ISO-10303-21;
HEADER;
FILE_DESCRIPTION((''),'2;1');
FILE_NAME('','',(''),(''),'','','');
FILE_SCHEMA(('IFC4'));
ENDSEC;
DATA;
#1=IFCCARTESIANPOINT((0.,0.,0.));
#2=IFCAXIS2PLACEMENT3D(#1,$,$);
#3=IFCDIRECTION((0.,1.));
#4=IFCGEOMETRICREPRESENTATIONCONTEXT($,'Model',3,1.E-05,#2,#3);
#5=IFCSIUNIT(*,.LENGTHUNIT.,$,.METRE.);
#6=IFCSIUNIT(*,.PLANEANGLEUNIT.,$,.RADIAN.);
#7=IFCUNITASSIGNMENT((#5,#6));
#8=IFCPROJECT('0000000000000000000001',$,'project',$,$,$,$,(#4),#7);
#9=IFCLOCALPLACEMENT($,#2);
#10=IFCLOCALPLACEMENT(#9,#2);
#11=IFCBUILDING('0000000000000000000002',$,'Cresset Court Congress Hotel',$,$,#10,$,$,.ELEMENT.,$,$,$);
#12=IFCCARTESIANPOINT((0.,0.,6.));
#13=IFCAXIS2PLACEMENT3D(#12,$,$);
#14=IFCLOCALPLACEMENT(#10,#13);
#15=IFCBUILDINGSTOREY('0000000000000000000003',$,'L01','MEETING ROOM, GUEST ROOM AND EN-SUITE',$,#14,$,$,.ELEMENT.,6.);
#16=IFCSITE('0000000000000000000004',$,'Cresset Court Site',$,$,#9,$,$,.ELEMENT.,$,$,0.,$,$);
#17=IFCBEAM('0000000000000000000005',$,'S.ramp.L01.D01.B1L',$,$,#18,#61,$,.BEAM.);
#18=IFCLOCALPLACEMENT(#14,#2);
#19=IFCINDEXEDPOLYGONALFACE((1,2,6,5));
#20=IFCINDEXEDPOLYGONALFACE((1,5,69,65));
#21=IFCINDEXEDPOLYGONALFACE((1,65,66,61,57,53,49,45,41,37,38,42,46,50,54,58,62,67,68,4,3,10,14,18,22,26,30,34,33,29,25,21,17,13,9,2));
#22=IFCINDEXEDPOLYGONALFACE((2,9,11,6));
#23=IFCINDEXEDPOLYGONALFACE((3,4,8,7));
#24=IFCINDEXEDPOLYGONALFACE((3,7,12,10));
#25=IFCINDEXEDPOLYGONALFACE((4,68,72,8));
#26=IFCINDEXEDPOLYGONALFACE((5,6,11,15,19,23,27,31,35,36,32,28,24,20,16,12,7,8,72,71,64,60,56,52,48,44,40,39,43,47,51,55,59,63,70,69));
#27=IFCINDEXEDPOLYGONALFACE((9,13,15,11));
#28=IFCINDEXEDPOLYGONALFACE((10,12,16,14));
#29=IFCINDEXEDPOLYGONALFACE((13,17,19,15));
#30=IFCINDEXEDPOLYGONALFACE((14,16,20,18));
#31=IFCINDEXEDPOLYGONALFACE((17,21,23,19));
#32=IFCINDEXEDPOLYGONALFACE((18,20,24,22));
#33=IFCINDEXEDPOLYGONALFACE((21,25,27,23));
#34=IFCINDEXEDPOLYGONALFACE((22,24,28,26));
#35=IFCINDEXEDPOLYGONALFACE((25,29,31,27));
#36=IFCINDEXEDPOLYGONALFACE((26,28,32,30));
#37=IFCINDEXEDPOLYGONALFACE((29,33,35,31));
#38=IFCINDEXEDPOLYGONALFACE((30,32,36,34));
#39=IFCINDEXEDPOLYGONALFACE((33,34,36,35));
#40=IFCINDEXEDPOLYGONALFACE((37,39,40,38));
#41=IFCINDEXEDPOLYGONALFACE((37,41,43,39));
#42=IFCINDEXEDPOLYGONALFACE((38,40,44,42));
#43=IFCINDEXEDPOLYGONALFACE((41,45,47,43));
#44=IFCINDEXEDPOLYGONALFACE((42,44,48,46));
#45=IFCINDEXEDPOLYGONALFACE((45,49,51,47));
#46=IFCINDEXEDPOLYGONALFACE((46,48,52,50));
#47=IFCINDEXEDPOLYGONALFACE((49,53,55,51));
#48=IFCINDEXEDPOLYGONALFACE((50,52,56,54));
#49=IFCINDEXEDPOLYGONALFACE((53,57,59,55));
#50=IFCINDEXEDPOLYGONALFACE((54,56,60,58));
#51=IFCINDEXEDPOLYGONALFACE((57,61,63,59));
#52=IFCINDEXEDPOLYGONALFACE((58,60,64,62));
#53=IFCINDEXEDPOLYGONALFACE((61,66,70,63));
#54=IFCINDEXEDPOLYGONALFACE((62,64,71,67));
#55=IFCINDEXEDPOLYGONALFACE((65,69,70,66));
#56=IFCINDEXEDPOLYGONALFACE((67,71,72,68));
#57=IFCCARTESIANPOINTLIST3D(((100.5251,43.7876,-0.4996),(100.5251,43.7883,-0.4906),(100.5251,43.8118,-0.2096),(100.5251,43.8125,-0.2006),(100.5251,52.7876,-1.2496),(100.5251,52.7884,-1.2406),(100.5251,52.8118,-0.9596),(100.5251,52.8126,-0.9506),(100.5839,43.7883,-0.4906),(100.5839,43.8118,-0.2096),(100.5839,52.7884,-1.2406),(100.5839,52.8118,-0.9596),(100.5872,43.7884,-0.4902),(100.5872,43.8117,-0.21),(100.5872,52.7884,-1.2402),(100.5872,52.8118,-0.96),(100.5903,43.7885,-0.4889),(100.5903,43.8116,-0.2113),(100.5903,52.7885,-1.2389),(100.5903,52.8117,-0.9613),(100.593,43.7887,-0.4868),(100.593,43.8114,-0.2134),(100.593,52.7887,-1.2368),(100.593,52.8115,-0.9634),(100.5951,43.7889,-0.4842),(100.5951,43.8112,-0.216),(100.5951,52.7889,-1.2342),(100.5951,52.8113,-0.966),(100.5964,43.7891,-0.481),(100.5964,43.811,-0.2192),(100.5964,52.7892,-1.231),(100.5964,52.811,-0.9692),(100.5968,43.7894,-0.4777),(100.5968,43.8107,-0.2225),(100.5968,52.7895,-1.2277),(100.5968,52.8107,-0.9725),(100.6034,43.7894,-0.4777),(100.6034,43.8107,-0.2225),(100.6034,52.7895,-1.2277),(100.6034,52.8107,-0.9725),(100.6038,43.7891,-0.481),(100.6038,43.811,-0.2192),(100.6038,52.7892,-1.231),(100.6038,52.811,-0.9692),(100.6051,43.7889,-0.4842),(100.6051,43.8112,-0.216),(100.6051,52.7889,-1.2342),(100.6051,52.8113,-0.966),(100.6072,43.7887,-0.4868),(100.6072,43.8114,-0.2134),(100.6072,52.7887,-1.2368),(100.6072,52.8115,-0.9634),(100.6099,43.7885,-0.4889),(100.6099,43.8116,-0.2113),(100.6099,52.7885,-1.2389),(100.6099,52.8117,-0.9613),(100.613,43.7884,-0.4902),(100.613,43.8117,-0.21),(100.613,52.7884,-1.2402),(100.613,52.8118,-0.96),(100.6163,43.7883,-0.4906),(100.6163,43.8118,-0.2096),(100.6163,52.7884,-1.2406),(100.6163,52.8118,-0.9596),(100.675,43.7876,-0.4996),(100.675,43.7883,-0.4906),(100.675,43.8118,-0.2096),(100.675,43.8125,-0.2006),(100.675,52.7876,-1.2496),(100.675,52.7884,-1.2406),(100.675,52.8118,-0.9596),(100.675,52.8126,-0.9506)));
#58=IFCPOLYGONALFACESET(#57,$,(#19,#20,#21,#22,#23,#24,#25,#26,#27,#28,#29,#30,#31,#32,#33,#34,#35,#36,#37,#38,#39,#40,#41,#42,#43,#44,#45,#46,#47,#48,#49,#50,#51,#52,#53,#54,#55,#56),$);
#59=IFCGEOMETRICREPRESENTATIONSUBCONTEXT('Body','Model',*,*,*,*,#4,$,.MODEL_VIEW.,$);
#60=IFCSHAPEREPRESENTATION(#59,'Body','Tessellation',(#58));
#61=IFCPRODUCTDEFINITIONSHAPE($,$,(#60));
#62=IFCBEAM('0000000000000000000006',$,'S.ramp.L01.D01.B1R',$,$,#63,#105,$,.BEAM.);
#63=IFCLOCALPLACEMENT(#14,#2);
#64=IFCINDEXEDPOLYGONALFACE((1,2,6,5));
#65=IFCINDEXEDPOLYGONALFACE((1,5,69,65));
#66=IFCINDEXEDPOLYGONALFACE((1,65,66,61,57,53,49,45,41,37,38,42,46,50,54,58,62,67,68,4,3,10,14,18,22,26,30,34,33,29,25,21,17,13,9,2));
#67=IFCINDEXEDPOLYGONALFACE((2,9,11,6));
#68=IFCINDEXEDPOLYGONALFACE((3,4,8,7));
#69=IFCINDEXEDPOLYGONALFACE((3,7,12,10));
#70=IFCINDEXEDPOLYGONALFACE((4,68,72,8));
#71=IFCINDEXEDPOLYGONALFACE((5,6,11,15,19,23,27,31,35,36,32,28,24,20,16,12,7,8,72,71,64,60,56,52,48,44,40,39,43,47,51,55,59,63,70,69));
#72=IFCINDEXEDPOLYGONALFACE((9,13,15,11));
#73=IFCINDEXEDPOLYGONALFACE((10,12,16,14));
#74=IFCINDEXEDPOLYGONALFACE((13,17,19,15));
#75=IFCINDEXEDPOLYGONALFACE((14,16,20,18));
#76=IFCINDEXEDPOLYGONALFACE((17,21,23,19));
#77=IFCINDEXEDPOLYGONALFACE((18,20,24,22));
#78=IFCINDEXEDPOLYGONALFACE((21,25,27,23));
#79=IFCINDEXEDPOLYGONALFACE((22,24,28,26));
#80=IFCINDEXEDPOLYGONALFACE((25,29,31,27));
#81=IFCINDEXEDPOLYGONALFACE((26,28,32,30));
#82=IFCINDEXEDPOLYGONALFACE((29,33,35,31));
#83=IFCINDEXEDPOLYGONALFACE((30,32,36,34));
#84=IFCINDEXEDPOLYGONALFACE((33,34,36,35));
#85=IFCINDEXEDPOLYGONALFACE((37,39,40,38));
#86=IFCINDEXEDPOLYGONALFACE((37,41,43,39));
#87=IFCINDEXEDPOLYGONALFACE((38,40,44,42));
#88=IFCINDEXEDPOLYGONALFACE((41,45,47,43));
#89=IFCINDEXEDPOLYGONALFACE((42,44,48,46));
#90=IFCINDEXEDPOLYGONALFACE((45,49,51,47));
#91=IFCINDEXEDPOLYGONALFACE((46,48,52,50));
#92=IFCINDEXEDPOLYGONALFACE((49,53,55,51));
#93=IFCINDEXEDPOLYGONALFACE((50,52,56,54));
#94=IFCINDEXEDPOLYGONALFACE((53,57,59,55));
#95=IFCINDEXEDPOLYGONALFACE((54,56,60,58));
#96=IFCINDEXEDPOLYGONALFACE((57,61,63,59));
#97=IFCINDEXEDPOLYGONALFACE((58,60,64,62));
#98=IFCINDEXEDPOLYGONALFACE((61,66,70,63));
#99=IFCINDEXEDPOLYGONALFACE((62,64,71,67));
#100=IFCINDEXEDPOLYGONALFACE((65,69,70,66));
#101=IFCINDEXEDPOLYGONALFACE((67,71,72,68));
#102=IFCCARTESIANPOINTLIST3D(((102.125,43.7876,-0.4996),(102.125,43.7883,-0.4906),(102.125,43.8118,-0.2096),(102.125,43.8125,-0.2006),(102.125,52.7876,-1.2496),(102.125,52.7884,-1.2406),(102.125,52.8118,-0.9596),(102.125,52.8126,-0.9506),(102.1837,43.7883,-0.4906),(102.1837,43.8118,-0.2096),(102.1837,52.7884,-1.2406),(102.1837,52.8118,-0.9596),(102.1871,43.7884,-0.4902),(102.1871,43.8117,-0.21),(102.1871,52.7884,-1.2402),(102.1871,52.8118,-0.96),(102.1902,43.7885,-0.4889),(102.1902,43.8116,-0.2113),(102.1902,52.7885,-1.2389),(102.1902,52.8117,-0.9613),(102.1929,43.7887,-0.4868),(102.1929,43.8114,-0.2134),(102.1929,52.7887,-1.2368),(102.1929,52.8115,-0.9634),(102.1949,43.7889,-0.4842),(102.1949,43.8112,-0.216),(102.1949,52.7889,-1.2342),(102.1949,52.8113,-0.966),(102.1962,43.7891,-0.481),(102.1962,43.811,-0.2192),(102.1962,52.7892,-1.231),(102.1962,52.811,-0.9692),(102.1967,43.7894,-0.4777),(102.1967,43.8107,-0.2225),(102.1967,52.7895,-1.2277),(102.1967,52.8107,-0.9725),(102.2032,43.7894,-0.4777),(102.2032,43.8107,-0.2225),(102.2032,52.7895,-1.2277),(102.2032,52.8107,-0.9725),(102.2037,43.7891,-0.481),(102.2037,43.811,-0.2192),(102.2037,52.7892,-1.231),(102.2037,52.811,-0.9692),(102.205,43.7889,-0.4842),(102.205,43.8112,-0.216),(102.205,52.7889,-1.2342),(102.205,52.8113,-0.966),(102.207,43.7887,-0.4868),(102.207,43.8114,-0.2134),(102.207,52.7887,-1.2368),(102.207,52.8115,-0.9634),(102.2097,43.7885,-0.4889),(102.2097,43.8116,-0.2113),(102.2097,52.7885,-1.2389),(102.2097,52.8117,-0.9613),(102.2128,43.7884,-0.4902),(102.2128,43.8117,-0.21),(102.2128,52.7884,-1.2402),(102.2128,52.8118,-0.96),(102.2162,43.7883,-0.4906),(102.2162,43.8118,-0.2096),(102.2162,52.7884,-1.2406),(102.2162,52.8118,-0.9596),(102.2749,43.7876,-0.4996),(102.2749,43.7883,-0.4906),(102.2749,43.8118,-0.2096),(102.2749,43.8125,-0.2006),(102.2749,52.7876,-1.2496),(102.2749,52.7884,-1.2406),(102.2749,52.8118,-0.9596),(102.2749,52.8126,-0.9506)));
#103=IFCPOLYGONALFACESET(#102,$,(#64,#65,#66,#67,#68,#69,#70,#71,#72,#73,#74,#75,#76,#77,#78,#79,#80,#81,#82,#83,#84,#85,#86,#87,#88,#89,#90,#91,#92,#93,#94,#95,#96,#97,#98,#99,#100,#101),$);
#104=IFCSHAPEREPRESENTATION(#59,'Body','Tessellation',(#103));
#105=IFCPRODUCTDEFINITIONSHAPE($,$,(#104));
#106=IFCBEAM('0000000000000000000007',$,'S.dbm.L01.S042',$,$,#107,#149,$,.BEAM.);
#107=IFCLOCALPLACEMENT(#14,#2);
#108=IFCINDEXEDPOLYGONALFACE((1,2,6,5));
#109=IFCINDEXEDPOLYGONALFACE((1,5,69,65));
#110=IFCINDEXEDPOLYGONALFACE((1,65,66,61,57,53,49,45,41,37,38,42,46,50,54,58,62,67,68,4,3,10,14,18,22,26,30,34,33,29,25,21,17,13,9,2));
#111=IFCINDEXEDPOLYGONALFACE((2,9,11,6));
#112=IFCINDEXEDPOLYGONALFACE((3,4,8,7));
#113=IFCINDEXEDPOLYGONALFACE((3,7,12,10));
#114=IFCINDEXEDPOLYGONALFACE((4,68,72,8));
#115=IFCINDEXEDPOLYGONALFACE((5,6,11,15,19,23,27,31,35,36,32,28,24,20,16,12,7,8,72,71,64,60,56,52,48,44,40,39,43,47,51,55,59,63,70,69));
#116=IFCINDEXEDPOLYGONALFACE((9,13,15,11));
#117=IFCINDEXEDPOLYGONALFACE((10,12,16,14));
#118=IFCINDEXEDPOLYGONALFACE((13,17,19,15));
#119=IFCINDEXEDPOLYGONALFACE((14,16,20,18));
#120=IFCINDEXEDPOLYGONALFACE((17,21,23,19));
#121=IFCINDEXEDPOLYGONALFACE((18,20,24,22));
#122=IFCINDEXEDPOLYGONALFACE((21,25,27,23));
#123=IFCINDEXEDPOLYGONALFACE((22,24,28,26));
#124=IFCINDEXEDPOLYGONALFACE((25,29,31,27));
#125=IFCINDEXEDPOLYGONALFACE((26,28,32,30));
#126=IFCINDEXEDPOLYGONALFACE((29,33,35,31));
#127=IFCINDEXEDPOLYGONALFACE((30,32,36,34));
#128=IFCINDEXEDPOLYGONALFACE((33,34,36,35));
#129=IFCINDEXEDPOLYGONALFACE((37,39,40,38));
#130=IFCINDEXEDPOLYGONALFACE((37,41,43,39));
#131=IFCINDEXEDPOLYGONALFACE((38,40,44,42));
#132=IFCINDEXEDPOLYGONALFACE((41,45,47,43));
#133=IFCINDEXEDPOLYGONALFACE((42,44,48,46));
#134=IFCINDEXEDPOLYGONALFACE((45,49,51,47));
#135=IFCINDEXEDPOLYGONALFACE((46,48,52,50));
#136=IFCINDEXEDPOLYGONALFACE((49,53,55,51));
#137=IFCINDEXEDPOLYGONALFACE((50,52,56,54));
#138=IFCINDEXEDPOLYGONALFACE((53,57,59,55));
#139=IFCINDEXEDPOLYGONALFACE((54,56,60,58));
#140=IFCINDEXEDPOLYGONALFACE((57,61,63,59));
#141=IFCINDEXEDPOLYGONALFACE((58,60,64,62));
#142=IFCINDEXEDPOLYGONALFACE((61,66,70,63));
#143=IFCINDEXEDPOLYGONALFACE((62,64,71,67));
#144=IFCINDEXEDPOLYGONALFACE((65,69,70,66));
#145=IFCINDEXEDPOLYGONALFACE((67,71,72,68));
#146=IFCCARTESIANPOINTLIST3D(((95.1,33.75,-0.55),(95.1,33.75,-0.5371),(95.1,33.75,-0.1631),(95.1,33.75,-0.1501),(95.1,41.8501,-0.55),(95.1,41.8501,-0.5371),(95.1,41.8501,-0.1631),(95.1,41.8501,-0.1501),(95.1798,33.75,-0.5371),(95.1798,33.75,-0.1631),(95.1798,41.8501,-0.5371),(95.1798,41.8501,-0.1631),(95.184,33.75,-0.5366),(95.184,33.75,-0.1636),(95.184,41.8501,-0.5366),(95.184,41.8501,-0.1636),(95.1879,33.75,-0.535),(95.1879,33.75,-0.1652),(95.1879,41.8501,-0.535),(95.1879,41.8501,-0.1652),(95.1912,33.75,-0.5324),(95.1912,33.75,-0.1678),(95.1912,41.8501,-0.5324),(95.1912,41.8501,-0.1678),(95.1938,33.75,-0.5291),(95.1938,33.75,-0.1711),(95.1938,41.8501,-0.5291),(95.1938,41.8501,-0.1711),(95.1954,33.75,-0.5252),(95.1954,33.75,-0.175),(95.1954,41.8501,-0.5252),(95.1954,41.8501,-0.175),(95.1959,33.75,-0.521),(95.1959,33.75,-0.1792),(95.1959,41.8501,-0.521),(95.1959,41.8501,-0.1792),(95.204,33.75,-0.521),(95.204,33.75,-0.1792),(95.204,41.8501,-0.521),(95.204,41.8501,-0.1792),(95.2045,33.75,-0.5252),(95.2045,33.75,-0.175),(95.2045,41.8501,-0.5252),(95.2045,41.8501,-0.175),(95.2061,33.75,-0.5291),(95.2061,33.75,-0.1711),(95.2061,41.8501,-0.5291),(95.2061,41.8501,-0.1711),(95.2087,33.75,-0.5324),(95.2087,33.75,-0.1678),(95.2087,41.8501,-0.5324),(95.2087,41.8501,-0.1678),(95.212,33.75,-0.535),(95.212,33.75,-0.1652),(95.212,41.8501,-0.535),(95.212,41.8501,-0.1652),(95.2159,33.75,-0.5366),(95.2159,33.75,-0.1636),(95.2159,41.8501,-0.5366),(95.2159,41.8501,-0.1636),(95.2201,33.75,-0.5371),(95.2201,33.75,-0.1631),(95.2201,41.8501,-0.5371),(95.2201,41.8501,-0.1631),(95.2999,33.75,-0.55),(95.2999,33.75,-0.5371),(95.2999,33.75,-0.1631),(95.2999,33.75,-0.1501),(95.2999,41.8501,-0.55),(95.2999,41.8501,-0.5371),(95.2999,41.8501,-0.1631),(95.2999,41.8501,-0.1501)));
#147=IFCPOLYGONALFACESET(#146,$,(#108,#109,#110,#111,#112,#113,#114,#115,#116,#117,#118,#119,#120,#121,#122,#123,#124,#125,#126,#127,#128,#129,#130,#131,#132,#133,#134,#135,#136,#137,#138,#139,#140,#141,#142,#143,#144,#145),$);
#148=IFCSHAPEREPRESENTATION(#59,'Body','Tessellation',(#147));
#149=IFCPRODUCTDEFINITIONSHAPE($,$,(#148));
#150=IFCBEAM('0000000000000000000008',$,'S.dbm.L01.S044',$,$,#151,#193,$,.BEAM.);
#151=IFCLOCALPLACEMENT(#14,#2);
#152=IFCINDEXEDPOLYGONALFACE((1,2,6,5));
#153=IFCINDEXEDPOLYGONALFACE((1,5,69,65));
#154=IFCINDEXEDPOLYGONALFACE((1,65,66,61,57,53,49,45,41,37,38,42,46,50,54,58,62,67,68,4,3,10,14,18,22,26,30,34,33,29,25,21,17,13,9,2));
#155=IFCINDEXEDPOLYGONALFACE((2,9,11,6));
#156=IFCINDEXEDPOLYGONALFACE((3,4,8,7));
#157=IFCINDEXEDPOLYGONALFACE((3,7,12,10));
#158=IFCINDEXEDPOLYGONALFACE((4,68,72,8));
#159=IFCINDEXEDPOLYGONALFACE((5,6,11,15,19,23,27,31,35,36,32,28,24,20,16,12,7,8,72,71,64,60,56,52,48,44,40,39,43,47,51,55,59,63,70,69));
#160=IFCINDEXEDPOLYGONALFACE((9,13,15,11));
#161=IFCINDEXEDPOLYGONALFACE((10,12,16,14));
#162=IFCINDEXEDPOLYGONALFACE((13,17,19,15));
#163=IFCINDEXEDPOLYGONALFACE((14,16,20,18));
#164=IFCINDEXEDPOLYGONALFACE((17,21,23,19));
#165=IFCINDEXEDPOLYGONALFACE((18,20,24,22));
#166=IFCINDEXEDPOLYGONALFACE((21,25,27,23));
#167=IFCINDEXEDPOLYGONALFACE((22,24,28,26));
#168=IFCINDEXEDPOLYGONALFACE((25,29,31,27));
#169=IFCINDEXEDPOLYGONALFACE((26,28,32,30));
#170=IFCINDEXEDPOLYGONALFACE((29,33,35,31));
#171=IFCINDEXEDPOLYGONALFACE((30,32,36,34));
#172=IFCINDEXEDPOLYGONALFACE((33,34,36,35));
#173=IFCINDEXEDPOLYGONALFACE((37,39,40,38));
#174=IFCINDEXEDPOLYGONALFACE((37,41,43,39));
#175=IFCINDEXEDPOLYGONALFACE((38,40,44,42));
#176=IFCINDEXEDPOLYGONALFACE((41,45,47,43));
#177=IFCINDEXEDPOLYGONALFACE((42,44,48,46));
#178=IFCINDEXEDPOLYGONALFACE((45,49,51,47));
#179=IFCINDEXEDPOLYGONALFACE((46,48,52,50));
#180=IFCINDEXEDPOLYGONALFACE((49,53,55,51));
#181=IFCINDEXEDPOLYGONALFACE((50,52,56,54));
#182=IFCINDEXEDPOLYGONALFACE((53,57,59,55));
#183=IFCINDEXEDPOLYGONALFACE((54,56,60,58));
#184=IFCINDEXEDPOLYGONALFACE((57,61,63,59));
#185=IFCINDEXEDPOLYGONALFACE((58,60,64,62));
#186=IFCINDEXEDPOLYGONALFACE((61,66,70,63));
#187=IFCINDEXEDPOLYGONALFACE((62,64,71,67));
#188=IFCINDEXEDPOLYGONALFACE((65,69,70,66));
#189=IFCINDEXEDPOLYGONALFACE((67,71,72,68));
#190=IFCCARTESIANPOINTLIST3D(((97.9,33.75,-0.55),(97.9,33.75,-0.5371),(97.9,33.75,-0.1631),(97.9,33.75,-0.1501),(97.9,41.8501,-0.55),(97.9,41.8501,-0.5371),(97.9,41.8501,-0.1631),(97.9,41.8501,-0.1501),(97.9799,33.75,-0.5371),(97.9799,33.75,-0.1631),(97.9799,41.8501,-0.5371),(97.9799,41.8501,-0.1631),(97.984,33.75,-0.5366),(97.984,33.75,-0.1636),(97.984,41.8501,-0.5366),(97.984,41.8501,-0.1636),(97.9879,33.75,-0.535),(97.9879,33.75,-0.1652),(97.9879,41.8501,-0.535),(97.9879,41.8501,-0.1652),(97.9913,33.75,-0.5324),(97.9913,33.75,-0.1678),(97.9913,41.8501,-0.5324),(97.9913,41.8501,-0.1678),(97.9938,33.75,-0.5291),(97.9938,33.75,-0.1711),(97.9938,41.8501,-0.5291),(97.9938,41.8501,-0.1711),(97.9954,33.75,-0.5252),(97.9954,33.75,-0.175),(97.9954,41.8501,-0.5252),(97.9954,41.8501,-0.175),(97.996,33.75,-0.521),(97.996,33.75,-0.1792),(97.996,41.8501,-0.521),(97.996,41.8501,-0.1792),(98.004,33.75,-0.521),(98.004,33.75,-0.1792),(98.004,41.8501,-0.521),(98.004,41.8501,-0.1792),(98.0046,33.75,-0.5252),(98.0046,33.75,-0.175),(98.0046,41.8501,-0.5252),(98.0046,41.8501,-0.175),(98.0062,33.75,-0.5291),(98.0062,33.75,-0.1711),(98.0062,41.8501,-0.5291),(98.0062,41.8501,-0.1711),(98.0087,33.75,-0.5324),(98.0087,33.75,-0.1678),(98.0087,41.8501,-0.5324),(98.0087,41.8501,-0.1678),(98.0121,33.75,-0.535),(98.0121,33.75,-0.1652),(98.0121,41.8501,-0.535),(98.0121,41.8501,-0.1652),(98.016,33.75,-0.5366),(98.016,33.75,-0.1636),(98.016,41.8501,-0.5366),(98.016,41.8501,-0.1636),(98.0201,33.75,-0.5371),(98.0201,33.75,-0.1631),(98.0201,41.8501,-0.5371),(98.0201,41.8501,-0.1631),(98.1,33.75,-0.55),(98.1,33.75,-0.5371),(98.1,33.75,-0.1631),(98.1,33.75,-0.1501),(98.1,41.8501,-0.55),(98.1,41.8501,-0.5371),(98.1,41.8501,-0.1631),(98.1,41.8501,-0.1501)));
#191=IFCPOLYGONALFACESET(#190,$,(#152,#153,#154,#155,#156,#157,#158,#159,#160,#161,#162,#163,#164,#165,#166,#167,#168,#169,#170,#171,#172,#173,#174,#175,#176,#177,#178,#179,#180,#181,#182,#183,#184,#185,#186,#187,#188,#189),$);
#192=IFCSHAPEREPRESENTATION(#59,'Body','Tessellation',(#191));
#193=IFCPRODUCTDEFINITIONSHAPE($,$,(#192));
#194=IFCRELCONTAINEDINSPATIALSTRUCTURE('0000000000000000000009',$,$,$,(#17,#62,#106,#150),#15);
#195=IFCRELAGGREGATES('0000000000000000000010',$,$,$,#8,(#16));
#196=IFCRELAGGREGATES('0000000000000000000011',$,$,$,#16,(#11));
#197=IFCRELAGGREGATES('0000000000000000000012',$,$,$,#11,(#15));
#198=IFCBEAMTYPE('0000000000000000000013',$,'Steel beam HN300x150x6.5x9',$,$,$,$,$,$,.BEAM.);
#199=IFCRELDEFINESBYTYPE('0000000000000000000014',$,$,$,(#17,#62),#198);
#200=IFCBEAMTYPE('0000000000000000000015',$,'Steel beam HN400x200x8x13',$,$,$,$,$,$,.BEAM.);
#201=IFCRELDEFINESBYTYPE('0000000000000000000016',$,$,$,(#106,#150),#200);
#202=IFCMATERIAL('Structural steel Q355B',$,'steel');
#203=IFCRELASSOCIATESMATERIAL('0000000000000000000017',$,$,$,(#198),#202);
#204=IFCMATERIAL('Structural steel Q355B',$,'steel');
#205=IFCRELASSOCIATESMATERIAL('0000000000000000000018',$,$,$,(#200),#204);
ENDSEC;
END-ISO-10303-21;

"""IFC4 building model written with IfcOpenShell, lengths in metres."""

from ifc_helpers import new_model, si_unit, direction, frame, origin, origin_2d, place, context, subcontext, project, spatial, i_section, extrude, material, material_profile, profile_set, type_object, element, save


model = new_model("IFC4")

# Units and contexts
model_context = context("Model", 3, precision=1e-05, world=origin(), true_north=direction((0.0, 1.0)))
body_context = subcontext(model_context, "Body", "Model", "MODEL_VIEW")
ifc_project = project(units=[si_unit("LENGTHUNIT", "METRE"), si_unit("PLANEANGLEUNIT", "RADIAN")], contexts=[model_context])

# Site, building, storey
site_placement = place(None, origin())
site = spatial("IfcSite", under=ifc_project, at=site_placement, Name="Cresset Court Site", CompositionType="ELEMENT", RefElevation=0.0)
building_placement = place(site_placement, origin())
building = spatial("IfcBuilding", under=site, at=building_placement, Name="Cresset Court Congress Hotel", CompositionType="ELEMENT")
storey_placement = place(building_placement, frame((0.0, 0.0, 6.0)))
storey = spatial("IfcBuildingStorey", under=building, at=storey_placement, Name="L01", Description="MEETING ROOM, GUEST ROOM AND EN-SUITE", CompositionType="ELEMENT", Elevation=6.0)

# Beams
ifc_material_1 = material(Name="Structural steel Q355B", Category="steel")
ifc_material_profile_1 = material_profile(ifc_material_1, i_section(OverallWidth=0.1499, OverallDepth=0.3, WebThickness=0.0066, FlangeThickness=0.009, FilletRadius=0.0129, at=origin_2d()), Name="HN300x150x6.5x9")
ifc_profile_set_1 = profile_set([ifc_material_profile_1], Name="Structural steel Q355B")
beam_type_1 = type_object("IfcBeamType", Name="Steel beam HN300x150x6.5x9", PredefinedType="BEAM", material=ifc_profile_set_1)
for number, where, z_axis, x_axis, name in (
    (1, (100.6001, 43.8, -0.3501), (0.0, 0.996546, -0.083045), (-1.0, 0.0, 0.0), "S.ramp.L01.D01.B1L"),
    (2, (102.2, 43.8, -0.3501), (0.0, 0.996546, -0.083045), (-1.0, 0.0, 0.0), "S.ramp.L01.D01.B1R"),
):
    element("IfcBeam", number, at=place(storey_placement, frame(where, z_axis=z_axis, x_axis=x_axis)), inside=storey, type_object=beam_type_1, Name=name, PredefinedType="BEAM", context=body_context, shape_type="SweptSolid", body=[
        extrude(i_section(OverallWidth=0.1499, OverallDepth=0.3, WebThickness=0.0066, FlangeThickness=0.009, FilletRadius=0.0129, at=origin_2d()), origin(), (0.0, 0.0, 1.0), 9.0312),
    ])
ifc_material_2 = material(Name="Structural steel Q355B", Category="steel")
ifc_material_profile_2 = material_profile(ifc_material_2, i_section(OverallWidth=0.2, OverallDepth=0.3999, WebThickness=0.0081, FlangeThickness=0.0129, FilletRadius=0.0161, at=origin_2d()), Name="HN400x200x8x13")
ifc_profile_set_2 = profile_set([ifc_material_profile_2], Name="Structural steel Q355B")
beam_type_2 = type_object("IfcBeamType", Name="Steel beam HN400x200x8x13", PredefinedType="BEAM", material=ifc_profile_set_2)
for number, where, z_axis, x_axis, name in (
    (3, (95.2, 33.75, -0.3501), (0.0, 1.0, 0.0), (-1.0, 0.0, 0.0), "S.dbm.L01.S042"),
    (4, (98.0, 33.75, -0.3501), (0.0, 1.0, 0.0), (-1.0, 0.0, 0.0), "S.dbm.L01.S044"),
):
    element("IfcBeam", number, at=place(storey_placement, frame(where, z_axis=z_axis, x_axis=x_axis)), inside=storey, type_object=beam_type_2, Name=name, PredefinedType="BEAM", context=body_context, shape_type="SweptSolid", body=[
        extrude(i_section(OverallWidth=0.2, OverallDepth=0.3999, WebThickness=0.0081, FlangeThickness=0.0129, FilletRadius=0.0161, at=origin_2d()), origin(), (0.0, 0.0, 1.0), 8.1001),
    ])

save(model, "model.ifc")
